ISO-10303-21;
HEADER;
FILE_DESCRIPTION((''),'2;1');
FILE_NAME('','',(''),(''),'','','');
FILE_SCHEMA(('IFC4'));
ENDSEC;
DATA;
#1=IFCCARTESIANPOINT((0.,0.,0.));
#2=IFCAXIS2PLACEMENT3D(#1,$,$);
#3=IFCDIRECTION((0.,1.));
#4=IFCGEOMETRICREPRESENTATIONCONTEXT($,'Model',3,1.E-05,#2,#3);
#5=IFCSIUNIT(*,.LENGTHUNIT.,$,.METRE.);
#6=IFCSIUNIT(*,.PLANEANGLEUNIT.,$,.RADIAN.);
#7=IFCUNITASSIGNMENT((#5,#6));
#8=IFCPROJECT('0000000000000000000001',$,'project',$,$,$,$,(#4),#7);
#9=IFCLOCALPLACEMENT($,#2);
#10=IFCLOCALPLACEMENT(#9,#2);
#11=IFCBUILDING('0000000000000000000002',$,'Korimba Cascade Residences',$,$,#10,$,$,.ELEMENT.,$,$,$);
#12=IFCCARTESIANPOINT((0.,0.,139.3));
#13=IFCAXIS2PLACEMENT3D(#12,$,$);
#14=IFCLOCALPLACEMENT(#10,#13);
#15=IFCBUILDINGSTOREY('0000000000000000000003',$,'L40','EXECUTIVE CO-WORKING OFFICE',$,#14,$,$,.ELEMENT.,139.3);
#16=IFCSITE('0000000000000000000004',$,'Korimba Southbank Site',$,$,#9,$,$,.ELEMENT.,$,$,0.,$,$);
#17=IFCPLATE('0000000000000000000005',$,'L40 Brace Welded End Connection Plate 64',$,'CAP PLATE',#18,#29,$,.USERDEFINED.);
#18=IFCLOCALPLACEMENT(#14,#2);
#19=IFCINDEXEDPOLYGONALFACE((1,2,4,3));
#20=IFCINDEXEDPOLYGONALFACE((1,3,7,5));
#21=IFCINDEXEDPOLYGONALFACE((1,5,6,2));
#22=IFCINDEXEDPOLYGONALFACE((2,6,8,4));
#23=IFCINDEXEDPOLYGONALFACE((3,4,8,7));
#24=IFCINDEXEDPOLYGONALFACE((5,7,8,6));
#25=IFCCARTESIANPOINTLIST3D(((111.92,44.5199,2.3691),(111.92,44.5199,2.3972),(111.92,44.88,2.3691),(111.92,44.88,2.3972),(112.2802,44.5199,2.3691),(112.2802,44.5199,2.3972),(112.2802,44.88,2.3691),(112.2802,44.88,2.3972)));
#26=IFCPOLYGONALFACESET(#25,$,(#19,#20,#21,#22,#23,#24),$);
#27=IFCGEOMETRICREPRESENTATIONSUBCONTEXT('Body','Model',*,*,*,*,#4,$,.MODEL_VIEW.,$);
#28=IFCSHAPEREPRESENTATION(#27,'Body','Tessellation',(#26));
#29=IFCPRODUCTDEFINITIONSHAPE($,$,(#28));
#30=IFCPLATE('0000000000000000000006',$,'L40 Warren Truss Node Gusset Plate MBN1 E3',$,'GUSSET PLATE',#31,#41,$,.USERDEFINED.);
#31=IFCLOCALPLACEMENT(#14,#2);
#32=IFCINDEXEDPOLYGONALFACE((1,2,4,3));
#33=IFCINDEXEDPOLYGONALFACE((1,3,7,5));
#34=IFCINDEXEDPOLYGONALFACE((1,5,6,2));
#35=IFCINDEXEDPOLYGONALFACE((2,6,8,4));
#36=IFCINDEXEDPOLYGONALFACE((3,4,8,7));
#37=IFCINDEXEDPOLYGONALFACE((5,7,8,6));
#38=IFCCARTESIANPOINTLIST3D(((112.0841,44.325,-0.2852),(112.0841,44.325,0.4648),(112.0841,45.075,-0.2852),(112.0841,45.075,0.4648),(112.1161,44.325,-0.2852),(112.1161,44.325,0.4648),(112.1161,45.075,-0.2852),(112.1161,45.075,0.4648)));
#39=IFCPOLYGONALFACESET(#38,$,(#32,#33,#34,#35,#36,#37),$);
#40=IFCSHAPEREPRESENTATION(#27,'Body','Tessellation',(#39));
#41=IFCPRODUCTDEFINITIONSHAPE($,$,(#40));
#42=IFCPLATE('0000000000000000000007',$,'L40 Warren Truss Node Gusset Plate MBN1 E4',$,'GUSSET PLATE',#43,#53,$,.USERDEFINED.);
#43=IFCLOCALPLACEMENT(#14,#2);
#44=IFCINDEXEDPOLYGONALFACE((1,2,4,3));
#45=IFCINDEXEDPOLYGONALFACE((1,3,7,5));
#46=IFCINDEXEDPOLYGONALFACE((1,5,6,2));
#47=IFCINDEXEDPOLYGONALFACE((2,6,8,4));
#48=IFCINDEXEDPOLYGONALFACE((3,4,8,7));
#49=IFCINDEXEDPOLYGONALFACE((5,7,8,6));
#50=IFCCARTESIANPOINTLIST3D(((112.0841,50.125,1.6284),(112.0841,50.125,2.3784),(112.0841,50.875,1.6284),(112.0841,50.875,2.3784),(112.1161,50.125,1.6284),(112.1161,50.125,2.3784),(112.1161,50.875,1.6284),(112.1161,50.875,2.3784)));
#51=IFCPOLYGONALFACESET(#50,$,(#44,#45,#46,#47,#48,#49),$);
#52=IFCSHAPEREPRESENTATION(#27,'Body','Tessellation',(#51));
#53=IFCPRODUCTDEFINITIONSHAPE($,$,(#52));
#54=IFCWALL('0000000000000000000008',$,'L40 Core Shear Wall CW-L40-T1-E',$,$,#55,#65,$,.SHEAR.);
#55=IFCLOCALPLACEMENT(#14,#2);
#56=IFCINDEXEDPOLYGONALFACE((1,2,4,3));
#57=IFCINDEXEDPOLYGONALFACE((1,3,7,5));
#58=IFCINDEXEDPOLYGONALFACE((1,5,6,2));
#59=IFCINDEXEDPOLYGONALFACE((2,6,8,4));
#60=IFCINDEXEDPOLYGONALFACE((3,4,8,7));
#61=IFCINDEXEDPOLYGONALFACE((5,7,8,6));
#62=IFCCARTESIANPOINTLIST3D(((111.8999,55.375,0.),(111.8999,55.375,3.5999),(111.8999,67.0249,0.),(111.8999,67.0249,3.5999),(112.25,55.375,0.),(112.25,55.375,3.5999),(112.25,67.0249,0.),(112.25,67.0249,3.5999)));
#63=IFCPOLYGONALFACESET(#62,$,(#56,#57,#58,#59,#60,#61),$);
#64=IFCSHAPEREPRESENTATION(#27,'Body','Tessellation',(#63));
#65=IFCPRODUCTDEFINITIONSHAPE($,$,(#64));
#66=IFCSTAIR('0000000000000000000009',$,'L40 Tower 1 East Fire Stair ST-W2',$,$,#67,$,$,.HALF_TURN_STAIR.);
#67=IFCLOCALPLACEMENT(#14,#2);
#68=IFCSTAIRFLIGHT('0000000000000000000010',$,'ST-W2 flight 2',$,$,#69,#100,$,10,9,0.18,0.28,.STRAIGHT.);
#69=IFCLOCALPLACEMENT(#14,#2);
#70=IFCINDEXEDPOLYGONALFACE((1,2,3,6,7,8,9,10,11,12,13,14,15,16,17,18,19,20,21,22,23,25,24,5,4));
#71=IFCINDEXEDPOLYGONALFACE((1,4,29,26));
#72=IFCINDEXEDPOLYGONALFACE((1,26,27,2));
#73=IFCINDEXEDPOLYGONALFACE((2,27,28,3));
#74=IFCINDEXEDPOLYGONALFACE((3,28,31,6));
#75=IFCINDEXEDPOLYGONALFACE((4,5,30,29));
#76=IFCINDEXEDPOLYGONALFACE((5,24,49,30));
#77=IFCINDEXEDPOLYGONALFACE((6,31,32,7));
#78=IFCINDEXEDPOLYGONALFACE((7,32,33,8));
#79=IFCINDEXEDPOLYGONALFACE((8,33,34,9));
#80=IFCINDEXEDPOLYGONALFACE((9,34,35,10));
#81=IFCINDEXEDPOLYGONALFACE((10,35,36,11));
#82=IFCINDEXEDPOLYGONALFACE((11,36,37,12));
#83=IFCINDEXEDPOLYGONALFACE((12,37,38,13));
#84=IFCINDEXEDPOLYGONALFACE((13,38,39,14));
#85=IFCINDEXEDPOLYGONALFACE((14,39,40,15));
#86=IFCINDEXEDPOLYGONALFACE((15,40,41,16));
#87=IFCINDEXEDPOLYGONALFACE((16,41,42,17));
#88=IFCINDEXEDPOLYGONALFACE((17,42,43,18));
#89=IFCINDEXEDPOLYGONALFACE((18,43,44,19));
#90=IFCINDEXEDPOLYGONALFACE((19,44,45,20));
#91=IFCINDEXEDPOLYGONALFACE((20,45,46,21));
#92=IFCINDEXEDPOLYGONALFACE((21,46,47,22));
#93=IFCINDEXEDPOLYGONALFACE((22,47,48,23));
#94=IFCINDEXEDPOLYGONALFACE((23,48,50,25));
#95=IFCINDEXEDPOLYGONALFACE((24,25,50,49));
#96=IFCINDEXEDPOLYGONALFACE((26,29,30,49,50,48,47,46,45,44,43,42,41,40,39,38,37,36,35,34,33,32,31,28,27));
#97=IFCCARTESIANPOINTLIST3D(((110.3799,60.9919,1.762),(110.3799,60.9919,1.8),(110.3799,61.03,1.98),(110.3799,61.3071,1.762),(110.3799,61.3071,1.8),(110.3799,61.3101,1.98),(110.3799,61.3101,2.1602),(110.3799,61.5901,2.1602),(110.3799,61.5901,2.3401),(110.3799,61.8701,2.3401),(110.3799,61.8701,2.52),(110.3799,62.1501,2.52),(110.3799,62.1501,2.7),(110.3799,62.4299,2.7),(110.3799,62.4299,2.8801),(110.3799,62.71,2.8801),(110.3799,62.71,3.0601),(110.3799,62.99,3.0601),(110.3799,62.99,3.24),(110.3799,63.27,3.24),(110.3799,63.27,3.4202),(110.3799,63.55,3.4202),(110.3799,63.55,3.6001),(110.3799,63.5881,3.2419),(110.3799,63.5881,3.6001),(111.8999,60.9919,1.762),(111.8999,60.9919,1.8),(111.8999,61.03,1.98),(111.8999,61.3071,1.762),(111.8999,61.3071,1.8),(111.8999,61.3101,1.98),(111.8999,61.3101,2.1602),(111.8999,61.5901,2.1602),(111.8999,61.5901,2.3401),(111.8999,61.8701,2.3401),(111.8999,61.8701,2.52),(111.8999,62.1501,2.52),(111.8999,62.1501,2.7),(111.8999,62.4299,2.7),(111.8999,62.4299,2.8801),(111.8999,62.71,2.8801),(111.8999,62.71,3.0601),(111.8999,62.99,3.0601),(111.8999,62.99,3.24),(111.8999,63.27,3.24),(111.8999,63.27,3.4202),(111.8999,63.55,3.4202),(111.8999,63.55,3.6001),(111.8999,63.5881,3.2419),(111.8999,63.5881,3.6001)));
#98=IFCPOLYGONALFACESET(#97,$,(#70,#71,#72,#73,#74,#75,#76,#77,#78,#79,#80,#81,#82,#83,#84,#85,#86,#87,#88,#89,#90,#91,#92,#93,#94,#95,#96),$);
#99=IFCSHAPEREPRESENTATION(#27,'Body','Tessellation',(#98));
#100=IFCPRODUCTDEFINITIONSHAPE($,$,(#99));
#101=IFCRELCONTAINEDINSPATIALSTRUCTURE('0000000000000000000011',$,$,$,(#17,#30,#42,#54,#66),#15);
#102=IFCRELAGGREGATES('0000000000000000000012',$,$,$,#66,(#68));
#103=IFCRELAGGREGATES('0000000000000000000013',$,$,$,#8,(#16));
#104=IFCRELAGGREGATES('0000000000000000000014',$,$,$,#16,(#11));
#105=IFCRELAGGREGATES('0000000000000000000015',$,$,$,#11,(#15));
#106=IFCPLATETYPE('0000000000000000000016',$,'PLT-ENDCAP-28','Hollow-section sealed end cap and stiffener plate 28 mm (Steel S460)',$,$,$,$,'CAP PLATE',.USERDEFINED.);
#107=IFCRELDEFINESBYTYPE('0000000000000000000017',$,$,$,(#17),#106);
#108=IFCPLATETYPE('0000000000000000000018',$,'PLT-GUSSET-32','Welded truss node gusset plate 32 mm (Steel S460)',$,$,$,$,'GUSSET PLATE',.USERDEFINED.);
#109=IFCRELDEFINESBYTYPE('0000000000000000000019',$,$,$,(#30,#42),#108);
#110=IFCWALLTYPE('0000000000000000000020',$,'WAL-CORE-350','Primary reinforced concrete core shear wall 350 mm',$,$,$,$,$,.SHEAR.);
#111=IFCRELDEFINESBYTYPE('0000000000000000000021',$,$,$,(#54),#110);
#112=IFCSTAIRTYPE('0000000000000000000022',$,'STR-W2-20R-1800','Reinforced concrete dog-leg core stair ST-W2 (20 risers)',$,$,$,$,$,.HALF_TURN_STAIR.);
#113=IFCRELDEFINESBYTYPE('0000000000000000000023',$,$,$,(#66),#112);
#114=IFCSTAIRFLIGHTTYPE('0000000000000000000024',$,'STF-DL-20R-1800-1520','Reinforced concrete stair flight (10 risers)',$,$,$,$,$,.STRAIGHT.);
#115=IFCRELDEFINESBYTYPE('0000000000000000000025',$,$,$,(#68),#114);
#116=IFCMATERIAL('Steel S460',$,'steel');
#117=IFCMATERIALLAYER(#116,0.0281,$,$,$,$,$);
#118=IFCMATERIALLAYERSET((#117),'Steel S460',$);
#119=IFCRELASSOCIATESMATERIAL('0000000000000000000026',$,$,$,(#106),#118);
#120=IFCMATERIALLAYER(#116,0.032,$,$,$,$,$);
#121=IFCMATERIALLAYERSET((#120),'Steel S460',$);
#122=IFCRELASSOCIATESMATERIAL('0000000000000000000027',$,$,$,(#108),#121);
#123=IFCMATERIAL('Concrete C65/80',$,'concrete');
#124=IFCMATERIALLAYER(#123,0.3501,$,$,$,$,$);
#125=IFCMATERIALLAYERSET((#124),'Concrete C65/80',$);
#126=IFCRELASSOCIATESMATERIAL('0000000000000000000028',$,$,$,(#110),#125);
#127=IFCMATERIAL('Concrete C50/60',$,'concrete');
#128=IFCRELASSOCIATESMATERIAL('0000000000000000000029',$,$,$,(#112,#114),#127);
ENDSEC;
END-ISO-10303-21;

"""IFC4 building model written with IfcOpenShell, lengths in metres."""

from ifc_helpers import new_model, si_unit, direction, frame, frame_2d, origin, origin_2d, place, context, subcontext, project, spatial, polyline, rectangle, outline, extrude, material, layer, layer_set, type_object, element, aggregate, save


model = new_model("IFC4")

# Units and contexts
model_context = context("Model", 3, precision=1e-05, world=origin(), true_north=direction((0.0, 1.0)))
body_context = subcontext(model_context, "Body", "Model", "MODEL_VIEW")
ifc_project = project(units=[si_unit("LENGTHUNIT", "METRE"), si_unit("PLANEANGLEUNIT", "RADIAN")], contexts=[model_context])

# Site, building, storey
site_placement = place(None, origin())
site = spatial("IfcSite", under=ifc_project, at=site_placement, Name="Korimba Southbank Site", CompositionType="ELEMENT", RefElevation=0.0)
building_placement = place(site_placement, origin())
building = spatial("IfcBuilding", under=site, at=building_placement, Name="Korimba Cascade Residences", CompositionType="ELEMENT")
storey_placement = place(building_placement, frame((0.0, 0.0, 139.3)))
storey = spatial("IfcBuildingStorey", under=building, at=storey_placement, Name="L40", Description="EXECUTIVE CO-WORKING OFFICE", CompositionType="ELEMENT", Elevation=139.3)

# Shared definitions
ifc_material_1 = material(Name="Steel S460", Category="steel")

# Plates
ifc_layer_1 = layer(ifc_material_1, 0.0281)
ifc_layer_set_1 = layer_set([ifc_layer_1], Name="Steel S460")
plate_type_1 = type_object("IfcPlateType", Name="PLT-ENDCAP-28", Description="Hollow-section sealed end cap and stiffener plate 28 mm (Steel S460)", ElementType="CAP PLATE", PredefinedType="USERDEFINED", material=ifc_layer_set_1)
plate_1_placement = place(storey_placement, frame((112.1001, 44.7, 2.3691), z_axis=(0.0, 0.0, 1.0), x_axis=(1.0, 0.0, 0.0)))
element("IfcPlate", 1, at=plate_1_placement, inside=storey, type_object=plate_type_1, Name="L40 Brace Welded End Connection Plate 64", ObjectType="CAP PLATE", PredefinedType="USERDEFINED", context=body_context, shape_type="SweptSolid", body=[
    extrude(rectangle(XDim=0.3601, YDim=0.3601, at=origin_2d()), origin(), (0.0, 0.0, 1.0), 0.0281),
])
ifc_layer_2 = layer(ifc_material_1, 0.032)
ifc_layer_set_2 = layer_set([ifc_layer_2], Name="Steel S460")
plate_type_2 = type_object("IfcPlateType", Name="PLT-GUSSET-32", Description="Welded truss node gusset plate 32 mm (Steel S460)", ElementType="GUSSET PLATE", PredefinedType="USERDEFINED", material=ifc_layer_set_2)
for number, where, z_axis, x_axis, name in (
    (2, (112.1001, 44.7, -0.2852), (0.0, 0.0, 1.0), (1.0, 0.0, 0.0), "L40 Warren Truss Node Gusset Plate MBN1 E3"),
    (3, (112.1001, 50.5, 1.6284), (0.0, 0.0, 1.0), (1.0, 0.0, 0.0), "L40 Warren Truss Node Gusset Plate MBN1 E4"),
):
    element("IfcPlate", number, at=place(storey_placement, frame(where, z_axis=z_axis, x_axis=x_axis)), inside=storey, type_object=plate_type_2, Name=name, ObjectType="GUSSET PLATE", PredefinedType="USERDEFINED", context=body_context, shape_type="SweptSolid", body=[
        extrude(rectangle(XDim=0.032, YDim=0.75, at=origin_2d()), origin(), (0.0, 0.0, 1.0), 0.75),
    ])

# Wall
ifc_material_2 = material(Name="Concrete C65/80", Category="concrete")
ifc_layer_3 = layer(ifc_material_2, 0.3501)
ifc_layer_set_3 = layer_set([ifc_layer_3], Name="Concrete C65/80")
wall_type = type_object("IfcWallType", Name="WAL-CORE-350", Description="Primary reinforced concrete core shear wall 350 mm", PredefinedType="SHEAR", material=ifc_layer_set_3)
wall_placement = place(storey_placement, frame((112.075, 55.375, 0.0), z_axis=(0.0, 0.0, 1.0), x_axis=(0.0, 1.0, 0.0)))
element("IfcWall", 4, at=wall_placement, inside=storey, type_object=wall_type, Name="L40 Core Shear Wall CW-L40-T1-E", PredefinedType="SHEAR", context=body_context, shape_type="SweptSolid", body=[
    extrude(rectangle(XDim=11.6499, YDim=0.3501, at=frame_2d((5.825, 0.0))), origin(), (0.0, 0.0, 1.0), 3.5999),
])

# Stair, stair flight
ifc_material_3 = material(Name="Concrete C50/60", Category="concrete")
stair_type = type_object("IfcStairType", Name="STR-W2-20R-1800", Description="Reinforced concrete dog-leg core stair ST-W2 (20 risers)", PredefinedType="HALF_TURN_STAIR", material=ifc_material_3)
stair_placement = place(storey_placement, origin())
stair = element("IfcStair", 5, at=stair_placement, inside=storey, type_object=stair_type, Name="L40 Tower 1 East Fire Stair ST-W2", PredefinedType="HALF_TURN_STAIR")
stair_flight_type = type_object("IfcStairFlightType", Name="STF-DL-20R-1800-1520", Description="Reinforced concrete stair flight (10 risers)", PredefinedType="STRAIGHT", material=ifc_material_3)
stair_flight_placement = place(storey_placement, frame((111.1399, 61.03, 1.8), z_axis=(0.0, 0.0, 1.0), x_axis=(0.0, 1.0, 0.0)))
stair_flight = element("IfcStairFlight", 6, at=stair_flight_placement, type_object=stair_flight_type, Name="ST-W2 flight 2", NumberOfRisers=10, NumberOfTreads=9, PredefinedType="STRAIGHT", RiserHeight=0.18, TreadLength=0.28, context=body_context, shape_type="SweptSolid", body=[
    extrude(outline(polyline([(-0.0381, 0.0), (0.0, 0.1799), (0.28, 0.1799), (0.28, 0.3601), (0.5601, 0.3601), (0.5601, 0.54), (0.8401, 0.54), (0.8401, 0.72), (1.1201, 0.72), (1.1201, 0.8999), (1.3999, 0.8999), (1.3999, 1.0801), (1.6799, 1.0801), (1.6799, 1.26), (1.96, 1.26), (1.96, 1.4399), (2.24, 1.4399), (2.24, 1.6201), (2.52, 1.6201), (2.52, 1.8), (2.5581, 1.8), (2.5581, 1.4419), (0.2771, 0.0), (0.2771, -0.0381), (-0.0381, -0.0381), (-0.0381, 0.0)])), frame((0.0, 0.76, 0.0), z_axis=(0.0, -1.0, 0.0), x_axis=(1.0, 0.0, 0.0)), (0.0, 0.0, 1.0), 1.52),
])
aggregate(stair, [stair_flight])

save(model, "model.ifc")
